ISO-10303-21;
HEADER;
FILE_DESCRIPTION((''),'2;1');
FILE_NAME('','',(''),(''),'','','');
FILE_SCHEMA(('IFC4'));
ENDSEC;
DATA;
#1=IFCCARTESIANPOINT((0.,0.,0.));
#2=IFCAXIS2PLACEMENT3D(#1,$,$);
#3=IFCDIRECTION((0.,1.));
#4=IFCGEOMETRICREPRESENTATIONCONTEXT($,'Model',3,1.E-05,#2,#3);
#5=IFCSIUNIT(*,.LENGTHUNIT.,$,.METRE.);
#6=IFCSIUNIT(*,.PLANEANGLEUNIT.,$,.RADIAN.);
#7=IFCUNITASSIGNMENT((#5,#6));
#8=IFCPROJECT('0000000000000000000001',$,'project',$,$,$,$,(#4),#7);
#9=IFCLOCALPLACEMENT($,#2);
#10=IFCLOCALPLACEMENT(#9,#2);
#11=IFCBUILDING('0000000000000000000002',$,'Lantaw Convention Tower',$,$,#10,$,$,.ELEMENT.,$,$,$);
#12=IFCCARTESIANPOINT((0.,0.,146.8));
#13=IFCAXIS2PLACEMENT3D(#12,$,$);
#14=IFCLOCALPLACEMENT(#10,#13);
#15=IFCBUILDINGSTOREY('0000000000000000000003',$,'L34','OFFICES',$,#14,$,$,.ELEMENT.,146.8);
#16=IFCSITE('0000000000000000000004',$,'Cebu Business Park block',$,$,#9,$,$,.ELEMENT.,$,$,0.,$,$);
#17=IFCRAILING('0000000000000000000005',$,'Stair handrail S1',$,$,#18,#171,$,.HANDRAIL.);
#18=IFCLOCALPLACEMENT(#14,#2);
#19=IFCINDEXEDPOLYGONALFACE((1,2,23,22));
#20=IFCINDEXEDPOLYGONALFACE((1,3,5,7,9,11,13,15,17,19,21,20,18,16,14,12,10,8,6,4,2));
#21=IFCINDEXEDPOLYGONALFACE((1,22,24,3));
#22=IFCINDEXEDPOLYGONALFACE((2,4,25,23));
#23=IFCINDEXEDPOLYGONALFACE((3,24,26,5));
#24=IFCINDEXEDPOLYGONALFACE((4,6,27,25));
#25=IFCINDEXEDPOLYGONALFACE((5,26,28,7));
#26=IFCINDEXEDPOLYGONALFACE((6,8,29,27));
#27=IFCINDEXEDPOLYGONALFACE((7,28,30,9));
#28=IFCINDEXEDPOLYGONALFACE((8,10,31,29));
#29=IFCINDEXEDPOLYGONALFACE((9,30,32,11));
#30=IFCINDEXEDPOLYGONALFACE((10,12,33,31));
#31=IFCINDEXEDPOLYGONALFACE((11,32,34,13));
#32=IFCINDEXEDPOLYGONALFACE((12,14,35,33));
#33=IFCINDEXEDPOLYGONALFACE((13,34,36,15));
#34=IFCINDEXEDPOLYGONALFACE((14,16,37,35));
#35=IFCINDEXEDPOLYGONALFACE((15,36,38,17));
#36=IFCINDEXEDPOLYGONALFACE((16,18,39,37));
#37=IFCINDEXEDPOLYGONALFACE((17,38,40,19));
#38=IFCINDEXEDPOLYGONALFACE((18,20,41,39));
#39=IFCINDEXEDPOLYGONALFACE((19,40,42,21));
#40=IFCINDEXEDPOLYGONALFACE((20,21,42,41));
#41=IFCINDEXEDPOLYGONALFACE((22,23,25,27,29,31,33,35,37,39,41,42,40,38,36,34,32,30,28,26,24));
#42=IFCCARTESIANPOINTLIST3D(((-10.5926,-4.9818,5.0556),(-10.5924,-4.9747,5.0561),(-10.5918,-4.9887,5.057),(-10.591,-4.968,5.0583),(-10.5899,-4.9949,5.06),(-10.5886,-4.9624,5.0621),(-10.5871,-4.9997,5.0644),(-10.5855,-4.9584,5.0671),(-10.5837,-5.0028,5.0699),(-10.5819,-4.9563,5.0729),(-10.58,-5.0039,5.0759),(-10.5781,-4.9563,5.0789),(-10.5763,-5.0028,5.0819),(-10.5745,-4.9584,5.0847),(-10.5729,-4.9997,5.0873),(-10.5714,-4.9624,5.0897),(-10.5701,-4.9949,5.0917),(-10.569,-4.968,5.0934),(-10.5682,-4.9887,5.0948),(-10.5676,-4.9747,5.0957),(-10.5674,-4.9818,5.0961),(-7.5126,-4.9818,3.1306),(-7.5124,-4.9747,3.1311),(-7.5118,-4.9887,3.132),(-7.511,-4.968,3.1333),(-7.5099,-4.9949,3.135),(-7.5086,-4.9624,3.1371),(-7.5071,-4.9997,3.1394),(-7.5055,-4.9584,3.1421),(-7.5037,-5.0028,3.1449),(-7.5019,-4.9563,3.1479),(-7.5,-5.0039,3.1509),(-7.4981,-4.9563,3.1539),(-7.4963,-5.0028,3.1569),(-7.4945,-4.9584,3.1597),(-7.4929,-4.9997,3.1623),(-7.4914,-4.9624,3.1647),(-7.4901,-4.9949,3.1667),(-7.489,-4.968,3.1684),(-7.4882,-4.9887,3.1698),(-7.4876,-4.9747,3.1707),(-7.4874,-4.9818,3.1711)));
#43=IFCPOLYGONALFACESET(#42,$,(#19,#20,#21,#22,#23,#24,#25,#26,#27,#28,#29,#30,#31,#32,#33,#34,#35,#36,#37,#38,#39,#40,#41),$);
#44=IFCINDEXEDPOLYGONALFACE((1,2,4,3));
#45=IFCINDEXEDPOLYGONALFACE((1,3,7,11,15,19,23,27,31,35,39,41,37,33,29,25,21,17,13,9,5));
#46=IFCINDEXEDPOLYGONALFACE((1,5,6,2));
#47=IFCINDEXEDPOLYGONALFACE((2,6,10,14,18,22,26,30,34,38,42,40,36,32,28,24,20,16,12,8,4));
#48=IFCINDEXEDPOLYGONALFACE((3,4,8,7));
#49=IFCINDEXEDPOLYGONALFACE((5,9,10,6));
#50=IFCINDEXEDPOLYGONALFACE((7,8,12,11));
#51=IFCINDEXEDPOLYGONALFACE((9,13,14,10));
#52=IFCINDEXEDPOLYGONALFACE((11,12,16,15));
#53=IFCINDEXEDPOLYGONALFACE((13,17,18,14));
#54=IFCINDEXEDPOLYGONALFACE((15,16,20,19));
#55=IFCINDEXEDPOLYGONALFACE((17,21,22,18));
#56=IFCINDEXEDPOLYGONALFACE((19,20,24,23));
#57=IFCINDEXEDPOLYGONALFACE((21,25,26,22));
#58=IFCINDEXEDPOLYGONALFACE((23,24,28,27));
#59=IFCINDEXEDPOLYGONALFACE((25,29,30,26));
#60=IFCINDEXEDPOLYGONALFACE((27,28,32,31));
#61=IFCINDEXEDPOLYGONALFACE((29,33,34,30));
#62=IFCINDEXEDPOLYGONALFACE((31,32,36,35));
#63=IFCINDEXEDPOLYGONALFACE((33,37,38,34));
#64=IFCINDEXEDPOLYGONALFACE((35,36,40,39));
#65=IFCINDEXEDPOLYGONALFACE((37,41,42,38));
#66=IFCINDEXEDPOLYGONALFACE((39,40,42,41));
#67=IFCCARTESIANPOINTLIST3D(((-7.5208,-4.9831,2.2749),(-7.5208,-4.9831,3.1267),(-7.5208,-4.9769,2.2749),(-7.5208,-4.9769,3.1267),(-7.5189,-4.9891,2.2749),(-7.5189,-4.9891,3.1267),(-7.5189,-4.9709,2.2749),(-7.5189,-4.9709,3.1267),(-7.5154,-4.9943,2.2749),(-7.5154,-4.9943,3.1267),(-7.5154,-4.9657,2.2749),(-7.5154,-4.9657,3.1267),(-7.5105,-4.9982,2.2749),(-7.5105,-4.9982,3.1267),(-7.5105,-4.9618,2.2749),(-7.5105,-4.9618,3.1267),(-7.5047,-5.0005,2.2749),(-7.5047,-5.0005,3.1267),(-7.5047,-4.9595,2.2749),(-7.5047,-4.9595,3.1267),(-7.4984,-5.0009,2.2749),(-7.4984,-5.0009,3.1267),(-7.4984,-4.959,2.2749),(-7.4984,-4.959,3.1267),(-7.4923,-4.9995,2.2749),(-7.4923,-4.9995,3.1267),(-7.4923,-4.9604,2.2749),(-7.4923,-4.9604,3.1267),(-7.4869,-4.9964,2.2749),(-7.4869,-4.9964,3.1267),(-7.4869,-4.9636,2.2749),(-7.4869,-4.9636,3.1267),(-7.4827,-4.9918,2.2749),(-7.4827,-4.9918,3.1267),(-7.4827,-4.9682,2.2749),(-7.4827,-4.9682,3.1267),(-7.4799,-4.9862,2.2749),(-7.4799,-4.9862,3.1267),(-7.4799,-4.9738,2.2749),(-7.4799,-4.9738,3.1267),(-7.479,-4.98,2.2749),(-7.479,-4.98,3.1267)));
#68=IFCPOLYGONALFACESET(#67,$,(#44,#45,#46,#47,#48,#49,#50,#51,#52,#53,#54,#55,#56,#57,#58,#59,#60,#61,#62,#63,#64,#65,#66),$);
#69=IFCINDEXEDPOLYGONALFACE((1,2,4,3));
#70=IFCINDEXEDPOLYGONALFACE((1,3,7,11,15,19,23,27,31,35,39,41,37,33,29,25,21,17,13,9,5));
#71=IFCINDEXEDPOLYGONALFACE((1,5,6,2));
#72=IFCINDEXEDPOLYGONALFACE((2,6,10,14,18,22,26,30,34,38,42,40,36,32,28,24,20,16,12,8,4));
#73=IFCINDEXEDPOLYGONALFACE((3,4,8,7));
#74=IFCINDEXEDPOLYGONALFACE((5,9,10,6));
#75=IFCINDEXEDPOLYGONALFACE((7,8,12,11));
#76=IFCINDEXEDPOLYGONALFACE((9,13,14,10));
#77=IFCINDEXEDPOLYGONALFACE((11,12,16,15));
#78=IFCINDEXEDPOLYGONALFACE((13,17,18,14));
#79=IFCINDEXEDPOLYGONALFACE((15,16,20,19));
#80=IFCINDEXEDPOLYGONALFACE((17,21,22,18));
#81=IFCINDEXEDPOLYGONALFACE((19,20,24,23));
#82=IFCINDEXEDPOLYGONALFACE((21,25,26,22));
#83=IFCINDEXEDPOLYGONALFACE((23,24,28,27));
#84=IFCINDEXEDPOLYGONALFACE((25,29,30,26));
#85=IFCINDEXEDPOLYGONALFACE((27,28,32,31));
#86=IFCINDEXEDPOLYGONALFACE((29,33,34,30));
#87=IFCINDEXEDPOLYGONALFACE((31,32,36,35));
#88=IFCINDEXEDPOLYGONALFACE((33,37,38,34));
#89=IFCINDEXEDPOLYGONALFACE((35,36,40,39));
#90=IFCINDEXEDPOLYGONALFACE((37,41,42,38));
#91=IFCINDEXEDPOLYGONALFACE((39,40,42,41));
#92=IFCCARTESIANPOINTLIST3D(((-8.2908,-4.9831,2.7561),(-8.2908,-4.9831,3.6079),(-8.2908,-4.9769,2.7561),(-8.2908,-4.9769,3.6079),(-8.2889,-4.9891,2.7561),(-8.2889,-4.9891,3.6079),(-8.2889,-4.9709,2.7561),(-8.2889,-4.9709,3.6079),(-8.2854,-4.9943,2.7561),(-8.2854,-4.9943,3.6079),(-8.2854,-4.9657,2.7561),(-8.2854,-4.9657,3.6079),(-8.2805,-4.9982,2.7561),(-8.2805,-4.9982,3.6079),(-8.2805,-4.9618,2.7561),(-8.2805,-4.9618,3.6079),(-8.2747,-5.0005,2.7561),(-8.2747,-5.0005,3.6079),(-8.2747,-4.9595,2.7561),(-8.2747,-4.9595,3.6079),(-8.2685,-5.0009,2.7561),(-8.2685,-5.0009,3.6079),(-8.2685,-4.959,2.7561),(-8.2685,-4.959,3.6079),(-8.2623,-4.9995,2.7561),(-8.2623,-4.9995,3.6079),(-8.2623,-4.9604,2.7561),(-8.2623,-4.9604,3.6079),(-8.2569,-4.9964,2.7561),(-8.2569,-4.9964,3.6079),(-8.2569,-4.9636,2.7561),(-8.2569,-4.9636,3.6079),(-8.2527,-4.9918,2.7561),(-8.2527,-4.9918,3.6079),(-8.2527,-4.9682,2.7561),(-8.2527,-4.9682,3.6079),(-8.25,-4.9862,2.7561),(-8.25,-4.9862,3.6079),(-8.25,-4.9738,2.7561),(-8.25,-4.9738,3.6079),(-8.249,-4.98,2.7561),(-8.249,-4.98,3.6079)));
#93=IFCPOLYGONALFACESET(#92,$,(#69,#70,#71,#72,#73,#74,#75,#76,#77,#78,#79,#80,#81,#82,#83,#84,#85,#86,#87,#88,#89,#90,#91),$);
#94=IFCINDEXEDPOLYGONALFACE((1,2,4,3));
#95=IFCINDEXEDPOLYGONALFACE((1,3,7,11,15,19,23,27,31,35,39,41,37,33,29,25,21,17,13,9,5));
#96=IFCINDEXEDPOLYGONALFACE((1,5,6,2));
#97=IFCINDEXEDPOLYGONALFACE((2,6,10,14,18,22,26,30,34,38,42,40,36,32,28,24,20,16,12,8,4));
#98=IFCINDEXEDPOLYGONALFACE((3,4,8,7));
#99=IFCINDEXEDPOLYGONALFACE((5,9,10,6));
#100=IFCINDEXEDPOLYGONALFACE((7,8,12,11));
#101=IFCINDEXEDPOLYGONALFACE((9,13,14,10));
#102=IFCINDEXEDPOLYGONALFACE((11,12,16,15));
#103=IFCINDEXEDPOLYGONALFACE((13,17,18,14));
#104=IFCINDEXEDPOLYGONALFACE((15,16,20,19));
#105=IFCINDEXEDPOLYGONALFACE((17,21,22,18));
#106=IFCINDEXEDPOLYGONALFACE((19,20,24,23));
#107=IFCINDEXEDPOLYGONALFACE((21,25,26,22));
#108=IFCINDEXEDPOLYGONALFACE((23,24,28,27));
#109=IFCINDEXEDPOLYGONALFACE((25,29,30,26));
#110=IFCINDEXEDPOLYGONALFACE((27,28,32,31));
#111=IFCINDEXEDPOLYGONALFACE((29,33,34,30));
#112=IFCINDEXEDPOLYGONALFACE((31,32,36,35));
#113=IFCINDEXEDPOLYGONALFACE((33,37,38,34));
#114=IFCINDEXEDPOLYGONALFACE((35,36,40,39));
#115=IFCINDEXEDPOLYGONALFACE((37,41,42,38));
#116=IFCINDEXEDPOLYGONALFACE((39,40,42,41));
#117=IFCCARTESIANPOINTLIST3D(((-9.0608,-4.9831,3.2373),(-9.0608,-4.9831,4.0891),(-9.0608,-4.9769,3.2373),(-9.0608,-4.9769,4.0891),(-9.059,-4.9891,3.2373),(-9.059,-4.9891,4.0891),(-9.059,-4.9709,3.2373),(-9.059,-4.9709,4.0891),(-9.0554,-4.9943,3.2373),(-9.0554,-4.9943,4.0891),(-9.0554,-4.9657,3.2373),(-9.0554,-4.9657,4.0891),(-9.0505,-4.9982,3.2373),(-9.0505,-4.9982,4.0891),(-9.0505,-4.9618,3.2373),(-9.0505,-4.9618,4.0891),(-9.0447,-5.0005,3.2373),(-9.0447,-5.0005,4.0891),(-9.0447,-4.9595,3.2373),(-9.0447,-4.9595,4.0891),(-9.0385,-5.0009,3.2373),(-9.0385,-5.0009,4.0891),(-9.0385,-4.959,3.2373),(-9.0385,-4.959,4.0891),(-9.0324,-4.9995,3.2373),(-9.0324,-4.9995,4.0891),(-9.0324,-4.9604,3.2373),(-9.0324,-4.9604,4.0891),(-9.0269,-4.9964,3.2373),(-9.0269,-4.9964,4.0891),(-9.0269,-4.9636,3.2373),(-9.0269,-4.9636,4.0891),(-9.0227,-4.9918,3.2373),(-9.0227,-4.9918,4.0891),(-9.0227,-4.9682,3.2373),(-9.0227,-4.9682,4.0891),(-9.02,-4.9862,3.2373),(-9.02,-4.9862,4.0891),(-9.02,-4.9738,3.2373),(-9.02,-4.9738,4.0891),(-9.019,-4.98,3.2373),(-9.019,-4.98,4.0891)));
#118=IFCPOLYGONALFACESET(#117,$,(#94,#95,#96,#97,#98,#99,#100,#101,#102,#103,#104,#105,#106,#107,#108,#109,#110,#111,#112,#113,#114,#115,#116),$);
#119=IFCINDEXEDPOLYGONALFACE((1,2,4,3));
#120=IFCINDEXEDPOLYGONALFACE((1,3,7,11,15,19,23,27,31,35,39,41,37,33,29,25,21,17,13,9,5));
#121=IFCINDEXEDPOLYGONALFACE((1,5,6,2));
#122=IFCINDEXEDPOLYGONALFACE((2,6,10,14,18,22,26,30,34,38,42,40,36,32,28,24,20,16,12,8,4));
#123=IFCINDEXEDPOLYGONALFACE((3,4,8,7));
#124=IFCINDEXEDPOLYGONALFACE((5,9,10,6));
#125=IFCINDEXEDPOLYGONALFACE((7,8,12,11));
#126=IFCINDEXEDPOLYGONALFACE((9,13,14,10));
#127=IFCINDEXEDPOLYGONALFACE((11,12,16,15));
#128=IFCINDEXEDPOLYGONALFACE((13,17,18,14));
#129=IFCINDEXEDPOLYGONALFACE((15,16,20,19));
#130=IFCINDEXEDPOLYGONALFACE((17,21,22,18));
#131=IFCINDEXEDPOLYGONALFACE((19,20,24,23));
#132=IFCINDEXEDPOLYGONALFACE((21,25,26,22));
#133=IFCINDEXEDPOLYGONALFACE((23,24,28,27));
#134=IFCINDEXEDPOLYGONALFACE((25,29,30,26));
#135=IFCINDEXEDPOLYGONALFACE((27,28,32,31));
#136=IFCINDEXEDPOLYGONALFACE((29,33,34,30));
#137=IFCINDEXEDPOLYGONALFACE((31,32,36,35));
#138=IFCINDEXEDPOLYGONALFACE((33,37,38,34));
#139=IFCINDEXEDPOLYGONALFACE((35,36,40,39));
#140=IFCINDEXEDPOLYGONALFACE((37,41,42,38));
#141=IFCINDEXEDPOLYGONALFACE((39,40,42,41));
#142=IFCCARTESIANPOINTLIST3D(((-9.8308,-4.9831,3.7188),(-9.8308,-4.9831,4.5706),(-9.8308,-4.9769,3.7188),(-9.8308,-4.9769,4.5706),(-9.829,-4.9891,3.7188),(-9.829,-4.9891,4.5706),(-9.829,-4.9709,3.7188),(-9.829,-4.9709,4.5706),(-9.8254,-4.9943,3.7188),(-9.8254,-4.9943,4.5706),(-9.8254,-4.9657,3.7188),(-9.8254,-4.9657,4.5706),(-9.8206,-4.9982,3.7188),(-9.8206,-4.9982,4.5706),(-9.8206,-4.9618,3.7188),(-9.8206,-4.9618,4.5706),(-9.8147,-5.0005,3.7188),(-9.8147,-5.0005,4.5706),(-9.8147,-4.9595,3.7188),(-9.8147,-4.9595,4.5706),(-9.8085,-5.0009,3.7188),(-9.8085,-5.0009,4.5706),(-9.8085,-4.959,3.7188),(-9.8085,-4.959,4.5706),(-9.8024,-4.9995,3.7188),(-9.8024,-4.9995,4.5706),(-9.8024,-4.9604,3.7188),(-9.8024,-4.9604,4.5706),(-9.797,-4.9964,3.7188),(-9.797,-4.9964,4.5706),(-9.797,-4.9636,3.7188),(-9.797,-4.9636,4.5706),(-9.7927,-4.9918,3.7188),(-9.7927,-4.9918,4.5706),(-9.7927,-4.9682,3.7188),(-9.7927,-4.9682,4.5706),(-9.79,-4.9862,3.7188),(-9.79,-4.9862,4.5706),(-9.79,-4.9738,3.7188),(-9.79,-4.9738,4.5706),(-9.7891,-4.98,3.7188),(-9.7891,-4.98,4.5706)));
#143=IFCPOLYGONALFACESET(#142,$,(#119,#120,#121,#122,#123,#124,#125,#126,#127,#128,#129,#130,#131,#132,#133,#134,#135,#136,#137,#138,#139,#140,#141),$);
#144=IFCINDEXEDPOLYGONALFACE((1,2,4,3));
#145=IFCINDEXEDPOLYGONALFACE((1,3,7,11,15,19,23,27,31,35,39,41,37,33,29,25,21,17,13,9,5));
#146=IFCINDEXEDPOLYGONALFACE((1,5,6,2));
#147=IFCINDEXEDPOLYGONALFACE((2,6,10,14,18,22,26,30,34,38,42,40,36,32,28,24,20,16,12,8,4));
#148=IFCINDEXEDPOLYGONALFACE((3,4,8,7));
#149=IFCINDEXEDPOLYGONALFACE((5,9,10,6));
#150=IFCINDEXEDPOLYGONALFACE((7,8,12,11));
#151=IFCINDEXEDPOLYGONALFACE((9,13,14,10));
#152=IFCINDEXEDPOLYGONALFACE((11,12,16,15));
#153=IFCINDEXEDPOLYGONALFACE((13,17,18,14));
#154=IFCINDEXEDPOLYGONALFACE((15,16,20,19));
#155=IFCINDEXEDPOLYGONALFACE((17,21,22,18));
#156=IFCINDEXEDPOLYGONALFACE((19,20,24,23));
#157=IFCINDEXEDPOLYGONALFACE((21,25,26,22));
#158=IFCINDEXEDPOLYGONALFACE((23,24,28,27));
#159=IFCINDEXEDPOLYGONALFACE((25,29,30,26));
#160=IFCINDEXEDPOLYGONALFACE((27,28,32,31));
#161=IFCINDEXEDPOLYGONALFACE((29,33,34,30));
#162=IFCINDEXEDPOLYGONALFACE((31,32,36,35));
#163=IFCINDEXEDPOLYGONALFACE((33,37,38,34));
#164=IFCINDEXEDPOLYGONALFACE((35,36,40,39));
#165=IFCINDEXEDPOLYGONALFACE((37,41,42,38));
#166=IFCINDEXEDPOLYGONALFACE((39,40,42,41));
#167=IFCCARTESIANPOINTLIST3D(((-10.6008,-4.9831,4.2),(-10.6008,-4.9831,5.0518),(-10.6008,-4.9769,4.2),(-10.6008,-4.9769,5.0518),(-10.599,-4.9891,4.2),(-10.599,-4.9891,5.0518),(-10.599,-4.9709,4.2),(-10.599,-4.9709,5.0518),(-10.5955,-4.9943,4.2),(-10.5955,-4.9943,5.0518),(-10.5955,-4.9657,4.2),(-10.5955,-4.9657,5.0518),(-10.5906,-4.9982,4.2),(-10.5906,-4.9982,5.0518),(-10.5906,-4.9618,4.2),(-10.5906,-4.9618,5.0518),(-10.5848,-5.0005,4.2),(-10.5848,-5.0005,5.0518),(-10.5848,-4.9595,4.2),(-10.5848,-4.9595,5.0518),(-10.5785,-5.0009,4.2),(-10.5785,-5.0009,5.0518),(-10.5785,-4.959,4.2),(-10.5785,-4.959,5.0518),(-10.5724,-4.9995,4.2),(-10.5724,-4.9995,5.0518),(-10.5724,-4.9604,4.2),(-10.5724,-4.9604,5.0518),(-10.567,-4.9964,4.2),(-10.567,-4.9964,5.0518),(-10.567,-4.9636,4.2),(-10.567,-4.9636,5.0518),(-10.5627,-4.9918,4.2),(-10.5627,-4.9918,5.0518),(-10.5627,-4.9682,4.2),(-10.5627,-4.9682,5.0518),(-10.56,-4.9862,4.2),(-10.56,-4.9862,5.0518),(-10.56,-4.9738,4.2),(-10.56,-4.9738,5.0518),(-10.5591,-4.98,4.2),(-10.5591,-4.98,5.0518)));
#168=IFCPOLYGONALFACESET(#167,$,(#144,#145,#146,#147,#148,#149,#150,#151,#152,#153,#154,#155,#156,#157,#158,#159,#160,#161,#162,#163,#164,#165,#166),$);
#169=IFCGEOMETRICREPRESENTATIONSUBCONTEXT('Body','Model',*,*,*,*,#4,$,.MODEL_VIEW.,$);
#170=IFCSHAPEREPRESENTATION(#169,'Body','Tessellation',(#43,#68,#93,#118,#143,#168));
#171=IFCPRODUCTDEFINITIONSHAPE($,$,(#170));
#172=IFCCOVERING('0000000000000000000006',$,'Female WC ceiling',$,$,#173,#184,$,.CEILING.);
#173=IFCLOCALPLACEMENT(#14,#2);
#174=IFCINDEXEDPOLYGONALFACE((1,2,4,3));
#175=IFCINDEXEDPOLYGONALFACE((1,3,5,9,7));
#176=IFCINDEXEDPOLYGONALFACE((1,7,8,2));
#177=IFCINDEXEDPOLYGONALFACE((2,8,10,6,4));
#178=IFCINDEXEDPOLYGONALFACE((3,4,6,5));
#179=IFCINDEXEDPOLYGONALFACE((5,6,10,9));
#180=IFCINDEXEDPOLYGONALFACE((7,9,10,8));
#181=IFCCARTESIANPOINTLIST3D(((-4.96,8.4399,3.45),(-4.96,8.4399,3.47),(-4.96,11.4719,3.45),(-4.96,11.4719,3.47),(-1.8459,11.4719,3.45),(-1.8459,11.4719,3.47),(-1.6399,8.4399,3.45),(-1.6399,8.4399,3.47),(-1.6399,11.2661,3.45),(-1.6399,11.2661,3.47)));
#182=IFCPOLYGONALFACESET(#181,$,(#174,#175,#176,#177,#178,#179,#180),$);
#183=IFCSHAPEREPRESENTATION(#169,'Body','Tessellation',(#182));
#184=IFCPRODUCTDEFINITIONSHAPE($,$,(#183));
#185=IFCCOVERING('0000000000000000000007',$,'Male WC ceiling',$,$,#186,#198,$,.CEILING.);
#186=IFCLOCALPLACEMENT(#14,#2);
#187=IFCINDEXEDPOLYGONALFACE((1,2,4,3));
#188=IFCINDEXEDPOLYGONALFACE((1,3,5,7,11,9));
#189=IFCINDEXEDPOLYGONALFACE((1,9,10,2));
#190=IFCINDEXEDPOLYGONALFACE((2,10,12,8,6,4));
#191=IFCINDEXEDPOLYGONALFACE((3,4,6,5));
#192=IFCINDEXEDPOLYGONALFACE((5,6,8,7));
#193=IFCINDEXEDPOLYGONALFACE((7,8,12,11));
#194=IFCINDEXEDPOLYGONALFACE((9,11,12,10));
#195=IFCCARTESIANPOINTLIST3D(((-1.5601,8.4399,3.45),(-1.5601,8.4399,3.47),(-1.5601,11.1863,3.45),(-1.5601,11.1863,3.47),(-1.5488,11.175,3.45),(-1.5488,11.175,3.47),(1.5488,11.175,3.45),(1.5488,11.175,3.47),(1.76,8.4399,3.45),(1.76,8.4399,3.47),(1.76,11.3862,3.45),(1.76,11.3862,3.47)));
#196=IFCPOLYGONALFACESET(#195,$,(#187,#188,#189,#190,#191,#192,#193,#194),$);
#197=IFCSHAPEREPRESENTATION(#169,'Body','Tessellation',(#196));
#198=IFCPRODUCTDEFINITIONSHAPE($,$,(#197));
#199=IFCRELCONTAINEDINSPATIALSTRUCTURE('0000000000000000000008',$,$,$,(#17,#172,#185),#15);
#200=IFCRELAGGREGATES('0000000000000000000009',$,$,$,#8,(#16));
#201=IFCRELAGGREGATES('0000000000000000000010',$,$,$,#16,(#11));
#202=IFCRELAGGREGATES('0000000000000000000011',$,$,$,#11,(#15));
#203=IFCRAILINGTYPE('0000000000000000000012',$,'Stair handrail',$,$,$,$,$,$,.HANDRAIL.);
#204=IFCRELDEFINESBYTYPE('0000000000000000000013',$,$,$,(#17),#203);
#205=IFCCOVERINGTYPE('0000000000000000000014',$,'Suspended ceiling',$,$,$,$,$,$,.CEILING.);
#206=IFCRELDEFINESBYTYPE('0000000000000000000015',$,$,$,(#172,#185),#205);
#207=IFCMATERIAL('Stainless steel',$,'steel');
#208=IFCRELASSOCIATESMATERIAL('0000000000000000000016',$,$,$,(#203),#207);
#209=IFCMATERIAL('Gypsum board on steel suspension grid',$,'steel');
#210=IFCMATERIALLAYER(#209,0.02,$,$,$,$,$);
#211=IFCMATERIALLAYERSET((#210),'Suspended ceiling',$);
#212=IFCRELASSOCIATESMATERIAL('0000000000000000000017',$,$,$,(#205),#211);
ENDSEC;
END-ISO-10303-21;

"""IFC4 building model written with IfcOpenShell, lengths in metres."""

from ifc_helpers import new_model, si_unit, direction, frame, origin, origin_2d, place, context, subcontext, project, spatial, polyline, circle, outline, extrude, material, layer, layer_set, type_object, element, save


model = new_model("IFC4")

# Units and contexts
model_context = context("Model", 3, precision=1e-05, world=origin(), true_north=direction((0.0, 1.0)))
body_context = subcontext(model_context, "Body", "Model", "MODEL_VIEW")
ifc_project = project(units=[si_unit("LENGTHUNIT", "METRE"), si_unit("PLANEANGLEUNIT", "RADIAN")], contexts=[model_context])

# Site, building, storey
site_placement = place(None, origin())
site = spatial("IfcSite", under=ifc_project, at=site_placement, Name="Cebu Business Park block", CompositionType="ELEMENT", RefElevation=0.0)
building_placement = place(site_placement, origin())
building = spatial("IfcBuilding", under=site, at=building_placement, Name="Lantaw Convention Tower", CompositionType="ELEMENT")
storey_placement = place(building_placement, frame((0.0, 0.0, 146.8)))
storey = spatial("IfcBuildingStorey", under=building, at=storey_placement, Name="L34", Description="OFFICES", CompositionType="ELEMENT", Elevation=146.8)

# Railing
ifc_material_1 = material(Name="Stainless steel", Category="steel")
railing_type = type_object("IfcRailingType", Name="Stair handrail", PredefinedType="HANDRAIL", material=ifc_material_1)
railing_1_placement = place(storey_placement, frame((-7.5, -4.98, 2.2749)))
element("IfcRailing", 1, at=railing_1_placement, inside=storey, type_object=railing_type, Name="Stair handrail S1", PredefinedType="HANDRAIL", context=body_context, shape_type="SweptSolid", body=[
    extrude(circle(Radius=0.0239, at=origin_2d()), frame((0.0, 0.0, 0.876), z_axis=(-0.847998, 0.0, 0.529999), x_axis=(0.0, -1.0, 0.0)), (0.0, 0.0, 1.0), 3.6321),
    extrude(circle(Radius=0.021, at=origin_2d()), origin(), (0.0, 0.0, 1.0), 0.8518),
    extrude(circle(Radius=0.021, at=origin_2d()), frame((-0.77, 0.0, 0.4812)), (0.0, 0.0, 1.0), 0.8518),
    extrude(circle(Radius=0.021, at=origin_2d()), frame((-1.54, 0.0, 0.9624)), (0.0, 0.0, 1.0), 0.8518),
    extrude(circle(Radius=0.021, at=origin_2d()), frame((-2.3101, 0.0, 1.4438)), (0.0, 0.0, 1.0), 0.8518),
    extrude(circle(Radius=0.021, at=origin_2d()), frame((-3.0801, 0.0, 1.925)), (0.0, 0.0, 1.0), 0.8518),
])

# Coverings
ifc_material_2 = material(Name="Gypsum board on steel suspension grid", Category="steel")
ifc_layer_1 = layer(ifc_material_2, 0.02)
ifc_layer_set_1 = layer_set([ifc_layer_1], Name="Suspended ceiling")
covering_type = type_object("IfcCoveringType", Name="Suspended ceiling", PredefinedType="CEILING", material=ifc_layer_set_1)
covering_1_placement = place(storey_placement, frame((0.0, 0.0, 3.45)))
element("IfcCovering", 2, at=covering_1_placement, inside=storey, type_object=covering_type, Name="Female WC ceiling", PredefinedType="CEILING", context=body_context, shape_type="SweptSolid", body=[
    extrude(outline(polyline([(-4.96, 11.4719), (-4.96, 8.4399), (-1.6399, 8.4399), (-1.6399, 11.2661), (-1.8459, 11.4719), (-4.96, 11.4719)])), origin(), (0.0, 0.0, 1.0), 0.02),
])
covering_2_placement = place(storey_placement, frame((0.0, 0.0, 3.45)))
element("IfcCovering", 3, at=covering_2_placement, inside=storey, type_object=covering_type, Name="Male WC ceiling", PredefinedType="CEILING", context=body_context, shape_type="SweptSolid", body=[
    extrude(outline(polyline([(-1.5601, 11.1863), (-1.5601, 8.4399), (1.76, 8.4399), (1.76, 11.3862), (1.5488, 11.175), (-1.5488, 11.175), (-1.5601, 11.1863)])), origin(), (0.0, 0.0, 1.0), 0.02),
])

save(model, "model.ifc")
